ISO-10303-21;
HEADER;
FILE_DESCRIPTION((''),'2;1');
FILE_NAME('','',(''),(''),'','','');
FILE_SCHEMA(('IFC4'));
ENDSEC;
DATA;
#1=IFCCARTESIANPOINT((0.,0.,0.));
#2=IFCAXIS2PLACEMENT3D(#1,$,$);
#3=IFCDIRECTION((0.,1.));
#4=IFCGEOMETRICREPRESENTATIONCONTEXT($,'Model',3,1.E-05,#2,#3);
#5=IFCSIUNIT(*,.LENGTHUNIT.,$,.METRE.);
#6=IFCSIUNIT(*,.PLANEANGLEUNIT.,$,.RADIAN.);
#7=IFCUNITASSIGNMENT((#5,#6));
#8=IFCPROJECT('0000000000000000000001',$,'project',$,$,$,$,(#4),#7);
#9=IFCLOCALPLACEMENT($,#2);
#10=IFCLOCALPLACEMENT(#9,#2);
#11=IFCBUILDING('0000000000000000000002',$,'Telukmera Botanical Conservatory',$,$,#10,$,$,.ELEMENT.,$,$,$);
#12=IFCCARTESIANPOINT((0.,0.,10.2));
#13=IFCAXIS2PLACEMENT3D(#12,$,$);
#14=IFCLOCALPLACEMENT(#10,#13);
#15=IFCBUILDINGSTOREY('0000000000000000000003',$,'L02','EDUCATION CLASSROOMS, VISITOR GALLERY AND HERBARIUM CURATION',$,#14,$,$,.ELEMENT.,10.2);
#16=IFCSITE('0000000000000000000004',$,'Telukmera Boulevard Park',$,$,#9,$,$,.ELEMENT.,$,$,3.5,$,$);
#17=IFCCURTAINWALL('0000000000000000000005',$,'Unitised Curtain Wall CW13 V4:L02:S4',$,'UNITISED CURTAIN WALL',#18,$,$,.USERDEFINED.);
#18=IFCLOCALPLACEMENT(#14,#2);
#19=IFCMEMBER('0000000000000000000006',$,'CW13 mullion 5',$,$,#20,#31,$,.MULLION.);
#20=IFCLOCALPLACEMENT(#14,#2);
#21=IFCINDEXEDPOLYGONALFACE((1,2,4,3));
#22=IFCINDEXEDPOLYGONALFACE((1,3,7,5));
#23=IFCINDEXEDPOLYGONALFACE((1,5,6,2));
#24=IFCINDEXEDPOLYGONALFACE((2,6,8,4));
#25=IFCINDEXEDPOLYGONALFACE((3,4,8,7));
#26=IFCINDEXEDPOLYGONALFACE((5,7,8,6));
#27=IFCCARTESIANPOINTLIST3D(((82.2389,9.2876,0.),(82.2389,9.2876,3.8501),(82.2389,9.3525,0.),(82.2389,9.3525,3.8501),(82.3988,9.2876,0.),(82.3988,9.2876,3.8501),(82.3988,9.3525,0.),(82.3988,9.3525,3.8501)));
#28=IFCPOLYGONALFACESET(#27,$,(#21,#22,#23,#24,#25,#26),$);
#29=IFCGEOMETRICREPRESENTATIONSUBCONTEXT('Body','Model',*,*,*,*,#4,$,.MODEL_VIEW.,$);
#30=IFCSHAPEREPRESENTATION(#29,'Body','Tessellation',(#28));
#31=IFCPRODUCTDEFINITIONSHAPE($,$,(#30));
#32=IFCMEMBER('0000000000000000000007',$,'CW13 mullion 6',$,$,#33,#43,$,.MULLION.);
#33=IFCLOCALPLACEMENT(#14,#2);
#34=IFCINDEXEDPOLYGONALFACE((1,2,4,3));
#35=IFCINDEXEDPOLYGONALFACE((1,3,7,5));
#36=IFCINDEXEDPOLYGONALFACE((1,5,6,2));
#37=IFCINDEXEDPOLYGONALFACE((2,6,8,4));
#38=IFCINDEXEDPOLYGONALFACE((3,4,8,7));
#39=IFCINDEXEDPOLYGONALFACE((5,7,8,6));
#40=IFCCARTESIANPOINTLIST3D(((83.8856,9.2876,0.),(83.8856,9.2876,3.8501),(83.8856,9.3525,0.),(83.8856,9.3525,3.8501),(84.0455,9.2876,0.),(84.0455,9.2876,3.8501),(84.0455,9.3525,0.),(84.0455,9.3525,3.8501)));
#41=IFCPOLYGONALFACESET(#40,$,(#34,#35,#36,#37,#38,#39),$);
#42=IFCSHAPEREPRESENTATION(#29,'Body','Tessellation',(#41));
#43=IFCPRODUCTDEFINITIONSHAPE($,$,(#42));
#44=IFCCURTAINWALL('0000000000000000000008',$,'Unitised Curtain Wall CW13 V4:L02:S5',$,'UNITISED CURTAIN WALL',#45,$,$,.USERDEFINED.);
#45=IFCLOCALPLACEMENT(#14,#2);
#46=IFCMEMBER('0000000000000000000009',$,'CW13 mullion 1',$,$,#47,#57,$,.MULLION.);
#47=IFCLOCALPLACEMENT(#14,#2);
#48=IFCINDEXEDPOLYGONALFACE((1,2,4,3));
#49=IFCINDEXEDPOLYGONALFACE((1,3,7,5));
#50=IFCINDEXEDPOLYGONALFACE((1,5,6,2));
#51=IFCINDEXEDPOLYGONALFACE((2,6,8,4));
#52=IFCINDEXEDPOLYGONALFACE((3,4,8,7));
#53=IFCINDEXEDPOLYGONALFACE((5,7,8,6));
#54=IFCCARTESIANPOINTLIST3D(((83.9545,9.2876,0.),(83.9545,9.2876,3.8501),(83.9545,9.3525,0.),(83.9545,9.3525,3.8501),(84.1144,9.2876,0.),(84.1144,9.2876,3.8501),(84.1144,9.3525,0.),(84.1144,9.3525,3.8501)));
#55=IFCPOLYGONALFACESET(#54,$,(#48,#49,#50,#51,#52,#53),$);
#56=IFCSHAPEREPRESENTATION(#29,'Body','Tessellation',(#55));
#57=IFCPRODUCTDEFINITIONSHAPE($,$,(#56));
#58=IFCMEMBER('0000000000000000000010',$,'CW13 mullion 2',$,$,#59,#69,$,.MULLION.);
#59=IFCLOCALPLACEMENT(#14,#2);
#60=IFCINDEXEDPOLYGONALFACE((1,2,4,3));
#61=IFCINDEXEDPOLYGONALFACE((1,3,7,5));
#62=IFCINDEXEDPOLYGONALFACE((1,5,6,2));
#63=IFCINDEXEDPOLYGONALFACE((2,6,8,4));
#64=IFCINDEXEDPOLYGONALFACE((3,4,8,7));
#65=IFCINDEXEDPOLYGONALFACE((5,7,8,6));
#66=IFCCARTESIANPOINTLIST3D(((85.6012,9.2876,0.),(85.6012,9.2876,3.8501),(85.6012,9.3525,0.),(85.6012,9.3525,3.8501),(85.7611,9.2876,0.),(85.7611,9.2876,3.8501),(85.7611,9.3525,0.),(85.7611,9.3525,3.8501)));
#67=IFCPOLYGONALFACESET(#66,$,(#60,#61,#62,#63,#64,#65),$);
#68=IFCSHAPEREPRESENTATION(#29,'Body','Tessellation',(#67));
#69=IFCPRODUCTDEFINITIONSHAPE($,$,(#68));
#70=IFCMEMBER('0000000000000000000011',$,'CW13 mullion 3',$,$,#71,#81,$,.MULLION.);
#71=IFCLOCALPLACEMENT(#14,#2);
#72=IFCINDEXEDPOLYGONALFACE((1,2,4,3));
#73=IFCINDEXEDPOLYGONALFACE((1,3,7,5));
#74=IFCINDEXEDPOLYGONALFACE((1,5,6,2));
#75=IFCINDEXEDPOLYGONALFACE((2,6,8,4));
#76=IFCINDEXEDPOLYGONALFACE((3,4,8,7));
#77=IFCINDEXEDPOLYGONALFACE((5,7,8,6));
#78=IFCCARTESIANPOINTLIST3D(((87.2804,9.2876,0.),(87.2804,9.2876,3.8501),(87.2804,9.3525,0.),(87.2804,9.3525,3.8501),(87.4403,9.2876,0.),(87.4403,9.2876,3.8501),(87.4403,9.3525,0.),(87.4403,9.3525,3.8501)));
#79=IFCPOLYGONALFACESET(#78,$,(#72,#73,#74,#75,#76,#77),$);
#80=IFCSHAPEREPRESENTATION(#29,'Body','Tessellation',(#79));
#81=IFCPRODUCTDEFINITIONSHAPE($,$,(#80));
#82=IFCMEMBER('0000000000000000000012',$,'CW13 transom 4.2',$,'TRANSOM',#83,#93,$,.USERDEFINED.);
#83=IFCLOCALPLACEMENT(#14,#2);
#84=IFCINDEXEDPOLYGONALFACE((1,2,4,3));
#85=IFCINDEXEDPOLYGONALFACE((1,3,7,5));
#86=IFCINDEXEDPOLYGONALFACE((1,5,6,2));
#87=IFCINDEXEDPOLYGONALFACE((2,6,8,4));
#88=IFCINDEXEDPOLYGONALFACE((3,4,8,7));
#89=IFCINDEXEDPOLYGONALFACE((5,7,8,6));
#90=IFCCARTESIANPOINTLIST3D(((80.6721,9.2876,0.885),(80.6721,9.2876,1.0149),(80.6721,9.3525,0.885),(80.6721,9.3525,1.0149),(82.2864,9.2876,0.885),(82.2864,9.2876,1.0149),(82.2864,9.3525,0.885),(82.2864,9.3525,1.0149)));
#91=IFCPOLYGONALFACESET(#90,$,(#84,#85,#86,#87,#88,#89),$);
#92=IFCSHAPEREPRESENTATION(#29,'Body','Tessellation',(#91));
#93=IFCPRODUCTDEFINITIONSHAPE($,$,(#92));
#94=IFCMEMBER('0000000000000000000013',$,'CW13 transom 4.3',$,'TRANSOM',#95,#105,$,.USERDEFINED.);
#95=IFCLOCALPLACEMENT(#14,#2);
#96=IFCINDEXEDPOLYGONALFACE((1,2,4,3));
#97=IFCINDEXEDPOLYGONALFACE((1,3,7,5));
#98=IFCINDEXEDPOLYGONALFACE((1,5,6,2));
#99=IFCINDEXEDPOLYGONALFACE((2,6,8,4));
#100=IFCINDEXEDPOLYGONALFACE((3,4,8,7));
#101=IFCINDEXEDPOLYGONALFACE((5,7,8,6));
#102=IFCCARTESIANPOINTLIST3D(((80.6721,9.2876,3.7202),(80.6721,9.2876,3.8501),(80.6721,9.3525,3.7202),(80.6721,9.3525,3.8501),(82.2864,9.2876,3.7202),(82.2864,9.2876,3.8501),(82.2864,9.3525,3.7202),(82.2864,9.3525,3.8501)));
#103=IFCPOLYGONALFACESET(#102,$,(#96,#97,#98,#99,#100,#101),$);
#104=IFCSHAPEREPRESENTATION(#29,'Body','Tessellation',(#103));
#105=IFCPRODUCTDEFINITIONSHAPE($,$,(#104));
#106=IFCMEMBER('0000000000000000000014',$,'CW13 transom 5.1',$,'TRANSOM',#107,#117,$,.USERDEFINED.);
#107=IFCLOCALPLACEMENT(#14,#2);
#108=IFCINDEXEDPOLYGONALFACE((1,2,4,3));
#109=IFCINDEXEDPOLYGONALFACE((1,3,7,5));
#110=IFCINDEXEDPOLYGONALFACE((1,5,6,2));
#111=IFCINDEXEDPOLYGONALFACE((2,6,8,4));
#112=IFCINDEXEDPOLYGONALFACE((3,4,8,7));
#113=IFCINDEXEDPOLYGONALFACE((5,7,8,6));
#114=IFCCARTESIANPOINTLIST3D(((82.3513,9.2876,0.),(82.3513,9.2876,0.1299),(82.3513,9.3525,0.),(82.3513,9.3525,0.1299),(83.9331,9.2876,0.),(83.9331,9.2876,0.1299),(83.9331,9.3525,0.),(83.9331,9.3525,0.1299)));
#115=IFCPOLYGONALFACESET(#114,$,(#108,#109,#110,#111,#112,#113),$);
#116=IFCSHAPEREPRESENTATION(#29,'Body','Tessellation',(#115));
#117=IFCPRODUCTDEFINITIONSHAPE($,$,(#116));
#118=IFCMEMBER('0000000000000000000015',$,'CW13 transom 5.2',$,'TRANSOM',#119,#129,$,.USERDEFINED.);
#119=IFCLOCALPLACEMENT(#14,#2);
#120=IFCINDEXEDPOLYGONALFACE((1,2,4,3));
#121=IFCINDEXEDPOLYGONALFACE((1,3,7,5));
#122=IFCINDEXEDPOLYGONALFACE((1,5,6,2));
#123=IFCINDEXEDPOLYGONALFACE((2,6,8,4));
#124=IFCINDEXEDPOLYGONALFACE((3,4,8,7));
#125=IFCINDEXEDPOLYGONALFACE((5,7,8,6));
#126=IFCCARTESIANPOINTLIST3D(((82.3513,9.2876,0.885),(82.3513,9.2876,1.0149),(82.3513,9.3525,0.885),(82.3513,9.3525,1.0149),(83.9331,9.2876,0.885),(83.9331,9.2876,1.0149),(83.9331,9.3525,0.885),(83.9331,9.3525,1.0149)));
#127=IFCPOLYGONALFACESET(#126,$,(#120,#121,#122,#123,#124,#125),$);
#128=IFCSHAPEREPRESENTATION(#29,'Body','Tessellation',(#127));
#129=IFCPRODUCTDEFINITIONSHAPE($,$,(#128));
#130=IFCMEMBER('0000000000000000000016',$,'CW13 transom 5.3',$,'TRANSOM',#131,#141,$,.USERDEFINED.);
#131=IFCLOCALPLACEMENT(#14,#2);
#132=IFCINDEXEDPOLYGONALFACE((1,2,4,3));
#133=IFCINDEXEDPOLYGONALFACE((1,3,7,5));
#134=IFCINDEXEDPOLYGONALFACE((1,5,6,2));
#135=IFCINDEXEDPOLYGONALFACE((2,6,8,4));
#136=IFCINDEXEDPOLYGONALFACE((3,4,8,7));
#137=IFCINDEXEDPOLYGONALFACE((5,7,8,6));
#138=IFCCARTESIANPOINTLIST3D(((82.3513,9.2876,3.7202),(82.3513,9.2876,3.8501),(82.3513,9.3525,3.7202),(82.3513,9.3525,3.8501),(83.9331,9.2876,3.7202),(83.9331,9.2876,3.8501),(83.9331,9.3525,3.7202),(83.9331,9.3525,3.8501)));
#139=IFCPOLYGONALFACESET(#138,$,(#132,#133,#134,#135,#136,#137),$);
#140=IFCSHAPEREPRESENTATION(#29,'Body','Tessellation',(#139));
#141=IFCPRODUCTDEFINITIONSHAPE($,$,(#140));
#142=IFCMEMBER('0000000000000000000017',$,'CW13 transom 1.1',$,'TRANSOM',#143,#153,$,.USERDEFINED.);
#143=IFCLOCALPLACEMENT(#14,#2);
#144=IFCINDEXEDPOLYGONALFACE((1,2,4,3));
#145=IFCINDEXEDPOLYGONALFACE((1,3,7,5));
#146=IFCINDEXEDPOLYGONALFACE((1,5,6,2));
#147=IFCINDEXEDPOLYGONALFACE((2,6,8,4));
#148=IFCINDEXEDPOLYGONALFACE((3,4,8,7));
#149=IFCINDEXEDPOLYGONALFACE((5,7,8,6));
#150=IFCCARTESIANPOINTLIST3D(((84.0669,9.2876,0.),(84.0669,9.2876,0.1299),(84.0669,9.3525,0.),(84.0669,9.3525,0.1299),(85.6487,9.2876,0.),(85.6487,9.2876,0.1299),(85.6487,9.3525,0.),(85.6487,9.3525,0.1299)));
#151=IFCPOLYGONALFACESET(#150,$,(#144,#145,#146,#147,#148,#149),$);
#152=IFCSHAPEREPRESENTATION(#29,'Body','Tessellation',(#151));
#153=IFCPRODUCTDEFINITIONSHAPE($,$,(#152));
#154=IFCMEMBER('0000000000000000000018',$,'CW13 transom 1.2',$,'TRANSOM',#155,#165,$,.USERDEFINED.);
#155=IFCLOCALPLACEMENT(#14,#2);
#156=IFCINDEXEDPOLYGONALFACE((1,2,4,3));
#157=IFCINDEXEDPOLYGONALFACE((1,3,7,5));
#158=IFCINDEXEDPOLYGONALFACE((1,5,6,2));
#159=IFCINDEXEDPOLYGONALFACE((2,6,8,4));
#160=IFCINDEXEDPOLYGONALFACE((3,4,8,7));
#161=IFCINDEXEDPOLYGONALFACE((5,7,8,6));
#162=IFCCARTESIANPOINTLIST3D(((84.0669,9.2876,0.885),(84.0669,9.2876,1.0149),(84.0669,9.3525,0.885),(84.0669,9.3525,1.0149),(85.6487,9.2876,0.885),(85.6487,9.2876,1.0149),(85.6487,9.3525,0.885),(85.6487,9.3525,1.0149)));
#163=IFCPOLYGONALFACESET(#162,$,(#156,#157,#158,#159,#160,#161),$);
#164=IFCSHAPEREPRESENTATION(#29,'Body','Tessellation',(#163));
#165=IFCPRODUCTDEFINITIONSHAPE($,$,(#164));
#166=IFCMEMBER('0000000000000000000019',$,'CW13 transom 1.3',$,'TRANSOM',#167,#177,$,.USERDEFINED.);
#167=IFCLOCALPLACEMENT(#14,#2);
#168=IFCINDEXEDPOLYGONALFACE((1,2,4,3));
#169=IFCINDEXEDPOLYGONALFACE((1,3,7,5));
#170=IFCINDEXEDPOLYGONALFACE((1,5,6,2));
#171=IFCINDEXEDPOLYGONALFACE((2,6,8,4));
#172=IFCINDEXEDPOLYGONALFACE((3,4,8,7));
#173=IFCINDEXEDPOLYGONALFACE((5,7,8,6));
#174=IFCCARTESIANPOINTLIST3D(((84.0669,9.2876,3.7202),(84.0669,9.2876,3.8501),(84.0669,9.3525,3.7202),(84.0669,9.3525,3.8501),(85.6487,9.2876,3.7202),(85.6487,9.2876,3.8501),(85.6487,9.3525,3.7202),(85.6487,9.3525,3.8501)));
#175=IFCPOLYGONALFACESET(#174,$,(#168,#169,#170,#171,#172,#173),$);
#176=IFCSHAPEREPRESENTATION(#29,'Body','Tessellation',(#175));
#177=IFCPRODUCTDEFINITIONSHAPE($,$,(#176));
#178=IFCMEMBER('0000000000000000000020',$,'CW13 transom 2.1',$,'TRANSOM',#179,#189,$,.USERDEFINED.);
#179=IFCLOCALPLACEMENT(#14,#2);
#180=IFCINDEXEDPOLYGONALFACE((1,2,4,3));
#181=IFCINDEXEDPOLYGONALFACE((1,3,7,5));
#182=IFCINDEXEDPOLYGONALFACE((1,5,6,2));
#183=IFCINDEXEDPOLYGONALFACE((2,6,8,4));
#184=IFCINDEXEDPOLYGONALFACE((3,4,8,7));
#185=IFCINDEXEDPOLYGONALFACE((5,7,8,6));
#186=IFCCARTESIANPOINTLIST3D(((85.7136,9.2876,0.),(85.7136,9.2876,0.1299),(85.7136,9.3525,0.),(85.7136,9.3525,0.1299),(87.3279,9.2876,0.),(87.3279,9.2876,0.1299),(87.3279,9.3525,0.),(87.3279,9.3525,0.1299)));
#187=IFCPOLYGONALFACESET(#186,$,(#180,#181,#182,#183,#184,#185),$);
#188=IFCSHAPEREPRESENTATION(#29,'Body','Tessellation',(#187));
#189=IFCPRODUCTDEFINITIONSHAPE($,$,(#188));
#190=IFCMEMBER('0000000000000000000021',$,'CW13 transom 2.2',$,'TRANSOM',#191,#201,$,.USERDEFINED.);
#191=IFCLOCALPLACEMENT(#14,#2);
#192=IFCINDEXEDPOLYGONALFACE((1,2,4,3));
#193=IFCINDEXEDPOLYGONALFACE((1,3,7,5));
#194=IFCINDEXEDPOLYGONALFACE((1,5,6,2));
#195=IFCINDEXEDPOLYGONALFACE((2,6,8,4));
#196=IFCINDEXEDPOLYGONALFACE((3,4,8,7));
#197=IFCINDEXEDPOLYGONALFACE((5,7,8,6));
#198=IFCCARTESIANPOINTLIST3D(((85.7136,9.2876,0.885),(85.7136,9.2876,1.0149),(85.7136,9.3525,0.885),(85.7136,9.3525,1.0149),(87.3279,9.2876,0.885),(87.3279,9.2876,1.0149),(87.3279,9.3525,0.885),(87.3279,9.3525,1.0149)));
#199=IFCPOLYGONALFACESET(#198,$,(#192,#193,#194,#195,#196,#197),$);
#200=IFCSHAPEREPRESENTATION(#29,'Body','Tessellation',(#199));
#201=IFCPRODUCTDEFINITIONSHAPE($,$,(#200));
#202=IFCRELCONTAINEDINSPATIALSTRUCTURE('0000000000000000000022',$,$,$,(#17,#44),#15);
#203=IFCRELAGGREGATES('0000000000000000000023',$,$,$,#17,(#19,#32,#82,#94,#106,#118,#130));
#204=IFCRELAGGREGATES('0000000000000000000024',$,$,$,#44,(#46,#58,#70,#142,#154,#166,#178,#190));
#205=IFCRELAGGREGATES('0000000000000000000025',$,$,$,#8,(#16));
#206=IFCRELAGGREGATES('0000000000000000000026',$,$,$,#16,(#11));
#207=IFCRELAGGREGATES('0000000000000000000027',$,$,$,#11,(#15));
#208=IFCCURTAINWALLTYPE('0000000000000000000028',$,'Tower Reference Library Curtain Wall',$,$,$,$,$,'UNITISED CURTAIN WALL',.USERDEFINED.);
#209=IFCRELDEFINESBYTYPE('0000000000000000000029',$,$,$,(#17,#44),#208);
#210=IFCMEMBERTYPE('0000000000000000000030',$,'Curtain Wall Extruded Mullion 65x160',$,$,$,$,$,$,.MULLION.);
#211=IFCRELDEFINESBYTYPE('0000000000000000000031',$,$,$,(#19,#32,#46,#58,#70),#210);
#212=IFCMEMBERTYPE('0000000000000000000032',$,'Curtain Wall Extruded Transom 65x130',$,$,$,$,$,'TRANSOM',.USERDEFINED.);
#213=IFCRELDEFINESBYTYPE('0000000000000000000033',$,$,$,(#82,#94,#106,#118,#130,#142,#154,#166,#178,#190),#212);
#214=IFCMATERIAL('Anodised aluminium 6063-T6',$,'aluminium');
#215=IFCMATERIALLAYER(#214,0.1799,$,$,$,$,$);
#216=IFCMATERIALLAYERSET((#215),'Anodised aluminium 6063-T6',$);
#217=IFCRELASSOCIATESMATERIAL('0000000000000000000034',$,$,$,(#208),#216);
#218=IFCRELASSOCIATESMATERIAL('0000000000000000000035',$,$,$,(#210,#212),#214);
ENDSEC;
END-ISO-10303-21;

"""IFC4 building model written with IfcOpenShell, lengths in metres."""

from ifc_helpers import new_model, si_unit, direction, frame, origin, origin_2d, place, context, subcontext, project, spatial, rectangle, extrude, material, layer, layer_set, material_profile, profile_set, type_object, element, aggregate, save


model = new_model("IFC4")

# Units and contexts
model_context = context("Model", 3, precision=1e-05, world=origin(), true_north=direction((0.0, 1.0)))
body_context = subcontext(model_context, "Body", "Model", "MODEL_VIEW")
ifc_project = project(units=[si_unit("LENGTHUNIT", "METRE"), si_unit("PLANEANGLEUNIT", "RADIAN")], contexts=[model_context])

# Site, building, storey
site_placement = place(None, origin())
site = spatial("IfcSite", under=ifc_project, at=site_placement, Name="Telukmera Boulevard Park", CompositionType="ELEMENT", RefElevation=3.5)
building_placement = place(site_placement, origin())
building = spatial("IfcBuilding", under=site, at=building_placement, Name="Telukmera Botanical Conservatory", CompositionType="ELEMENT")
storey_placement = place(building_placement, frame((0.0, 0.0, 10.2)))
storey = spatial("IfcBuildingStorey", under=building, at=storey_placement, Name="L02", Description="EDUCATION CLASSROOMS, VISITOR GALLERY AND HERBARIUM CURATION", CompositionType="ELEMENT", Elevation=10.2)

# Curtain walls, members
ifc_material_1 = material(Name="Anodised aluminium 6063-T6", Category="aluminium")
ifc_layer_1 = layer(ifc_material_1, 0.1799)
ifc_layer_set_1 = layer_set([ifc_layer_1], Name="Anodised aluminium 6063-T6")
curtain_wall_type = type_object("IfcCurtainWallType", Name="Tower Reference Library Curtain Wall", ElementType="UNITISED CURTAIN WALL", PredefinedType="USERDEFINED", material=ifc_layer_set_1)
curtain_wall_1_placement = place(storey_placement, origin())
curtain_wall_1 = element("IfcCurtainWall", 1, at=curtain_wall_1_placement, inside=storey, type_object=curtain_wall_type, Name="Unitised Curtain Wall CW13 V4:L02:S4", ObjectType="UNITISED CURTAIN WALL", PredefinedType="USERDEFINED")
ifc_material_profile_1 = material_profile(ifc_material_1, rectangle(XDim=0.0649, YDim=0.1599, at=origin_2d()), Name="ALU MULL 65x160")
ifc_profile_set_1 = profile_set([ifc_material_profile_1], Name="Anodised aluminium 6063-T6")
member_type_1 = type_object("IfcMemberType", Name="Curtain Wall Extruded Mullion 65x160", PredefinedType="MULLION", material=ifc_profile_set_1)
member_1_placement = place(storey_placement, frame((82.3188, 9.3201, 0.0), z_axis=(0.0, 0.0, 1.0), x_axis=(0.0, 1.0, 0.0)))
member_1 = element("IfcMember", 2, at=member_1_placement, type_object=member_type_1, Name="CW13 mullion 5", PredefinedType="MULLION", context=body_context, shape_type="SweptSolid", body=[
    extrude(rectangle(XDim=0.0649, YDim=0.1599, at=origin_2d()), origin(), (0.0, 0.0, 1.0), 3.8501),
])
member_2_placement = place(storey_placement, frame((83.9656, 9.3201, 0.0), z_axis=(0.0, 0.0, 1.0), x_axis=(0.0, 1.0, 0.0)))
member_2 = element("IfcMember", 3, at=member_2_placement, type_object=member_type_1, Name="CW13 mullion 6", PredefinedType="MULLION", context=body_context, shape_type="SweptSolid", body=[
    extrude(rectangle(XDim=0.0649, YDim=0.1599, at=origin_2d()), origin(), (0.0, 0.0, 1.0), 3.8501),
])
curtain_wall_2_placement = place(storey_placement, origin())
curtain_wall_2 = element("IfcCurtainWall", 4, at=curtain_wall_2_placement, inside=storey, type_object=curtain_wall_type, Name="Unitised Curtain Wall CW13 V4:L02:S5", ObjectType="UNITISED CURTAIN WALL", PredefinedType="USERDEFINED")
member_3_placement = place(storey_placement, frame((84.0344, 9.3201, 0.0), z_axis=(0.0, 0.0, 1.0), x_axis=(0.0, 1.0, 0.0)))
member_3 = element("IfcMember", 5, at=member_3_placement, type_object=member_type_1, Name="CW13 mullion 1", PredefinedType="MULLION", context=body_context, shape_type="SweptSolid", body=[
    extrude(rectangle(XDim=0.0649, YDim=0.1599, at=origin_2d()), origin(), (0.0, 0.0, 1.0), 3.8501),
])
member_4_placement = place(storey_placement, frame((85.6812, 9.3201, 0.0), z_axis=(0.0, 0.0, 1.0), x_axis=(0.0, 1.0, 0.0)))
member_4 = element("IfcMember", 6, at=member_4_placement, type_object=member_type_1, Name="CW13 mullion 2", PredefinedType="MULLION", context=body_context, shape_type="SweptSolid", body=[
    extrude(rectangle(XDim=0.0649, YDim=0.1599, at=origin_2d()), origin(), (0.0, 0.0, 1.0), 3.8501),
])
member_5_placement = place(storey_placement, frame((87.3604, 9.3201, 0.0), z_axis=(0.0, 0.0, 1.0), x_axis=(0.0, 1.0, 0.0)))
member_5 = element("IfcMember", 7, at=member_5_placement, type_object=member_type_1, Name="CW13 mullion 3", PredefinedType="MULLION", context=body_context, shape_type="SweptSolid", body=[
    extrude(rectangle(XDim=0.0649, YDim=0.1599, at=origin_2d()), origin(), (0.0, 0.0, 1.0), 3.8501),
])

# Members
ifc_material_profile_2 = material_profile(ifc_material_1, rectangle(XDim=0.0649, YDim=0.1299, at=origin_2d()), Name="ALU TRAN 65x130")
ifc_profile_set_2 = profile_set([ifc_material_profile_2], Name="Anodised aluminium 6063-T6")
member_type_2 = type_object("IfcMemberType", Name="Curtain Wall Extruded Transom 65x130", ElementType="TRANSOM", PredefinedType="USERDEFINED", material=ifc_profile_set_2)
member_6_placement = place(storey_placement, frame((80.6721, 9.3201, 0.95), z_axis=(1.0, 0.0, 0.0), x_axis=(0.0, 1.0, 0.0)))
member_6 = element("IfcMember", 8, at=member_6_placement, type_object=member_type_2, Name="CW13 transom 4.2", ObjectType="TRANSOM", PredefinedType="USERDEFINED", context=body_context, shape_type="SweptSolid", body=[
    extrude(rectangle(XDim=0.0649, YDim=0.1299, at=origin_2d()), origin(), (0.0, 0.0, 1.0), 1.6143),
])
member_7_placement = place(storey_placement, frame((80.6721, 9.3201, 3.7852), z_axis=(1.0, 0.0, 0.0), x_axis=(0.0, 1.0, 0.0)))
member_7 = element("IfcMember", 9, at=member_7_placement, type_object=member_type_2, Name="CW13 transom 4.3", ObjectType="TRANSOM", PredefinedType="USERDEFINED", context=body_context, shape_type="SweptSolid", body=[
    extrude(rectangle(XDim=0.0649, YDim=0.1299, at=origin_2d()), origin(), (0.0, 0.0, 1.0), 1.6143),
])
member_8_placement = place(storey_placement, frame((82.3513, 9.3201, 0.0649), z_axis=(1.0, 0.0, 0.0), x_axis=(0.0, 1.0, 0.0)))
member_8 = element("IfcMember", 10, at=member_8_placement, type_object=member_type_2, Name="CW13 transom 5.1", ObjectType="TRANSOM", PredefinedType="USERDEFINED", context=body_context, shape_type="SweptSolid", body=[
    extrude(rectangle(XDim=0.0649, YDim=0.1299, at=origin_2d()), origin(), (0.0, 0.0, 1.0), 1.5818),
])
member_9_placement = place(storey_placement, frame((82.3513, 9.3201, 0.95), z_axis=(1.0, 0.0, 0.0), x_axis=(0.0, 1.0, 0.0)))
member_9 = element("IfcMember", 11, at=member_9_placement, type_object=member_type_2, Name="CW13 transom 5.2", ObjectType="TRANSOM", PredefinedType="USERDEFINED", context=body_context, shape_type="SweptSolid", body=[
    extrude(rectangle(XDim=0.0649, YDim=0.1299, at=origin_2d()), origin(), (0.0, 0.0, 1.0), 1.5818),
])
member_10_placement = place(storey_placement, frame((82.3513, 9.3201, 3.7852), z_axis=(1.0, 0.0, 0.0), x_axis=(0.0, 1.0, 0.0)))
member_10 = element("IfcMember", 12, at=member_10_placement, type_object=member_type_2, Name="CW13 transom 5.3", ObjectType="TRANSOM", PredefinedType="USERDEFINED", context=body_context, shape_type="SweptSolid", body=[
    extrude(rectangle(XDim=0.0649, YDim=0.1299, at=origin_2d()), origin(), (0.0, 0.0, 1.0), 1.5818),
])
member_11_placement = place(storey_placement, frame((84.0669, 9.3201, 0.0649), z_axis=(1.0, 0.0, 0.0), x_axis=(0.0, 1.0, 0.0)))
member_11 = element("IfcMember", 13, at=member_11_placement, type_object=member_type_2, Name="CW13 transom 1.1", ObjectType="TRANSOM", PredefinedType="USERDEFINED", context=body_context, shape_type="SweptSolid", body=[
    extrude(rectangle(XDim=0.0649, YDim=0.1299, at=origin_2d()), origin(), (0.0, 0.0, 1.0), 1.5818),
])
member_12_placement = place(storey_placement, frame((84.0669, 9.3201, 0.95), z_axis=(1.0, 0.0, 0.0), x_axis=(0.0, 1.0, 0.0)))
member_12 = element("IfcMember", 14, at=member_12_placement, type_object=member_type_2, Name="CW13 transom 1.2", ObjectType="TRANSOM", PredefinedType="USERDEFINED", context=body_context, shape_type="SweptSolid", body=[
    extrude(rectangle(XDim=0.0649, YDim=0.1299, at=origin_2d()), origin(), (0.0, 0.0, 1.0), 1.5818),
])
member_13_placement = place(storey_placement, frame((84.0669, 9.3201, 3.7852), z_axis=(1.0, 0.0, 0.0), x_axis=(0.0, 1.0, 0.0)))
member_13 = element("IfcMember", 15, at=member_13_placement, type_object=member_type_2, Name="CW13 transom 1.3", ObjectType="TRANSOM", PredefinedType="USERDEFINED", context=body_context, shape_type="SweptSolid", body=[
    extrude(rectangle(XDim=0.0649, YDim=0.1299, at=origin_2d()), origin(), (0.0, 0.0, 1.0), 1.5818),
])
member_14_placement = place(storey_placement, frame((85.7136, 9.3201, 0.0649), z_axis=(1.0, 0.0, 0.0), x_axis=(0.0, 1.0, 0.0)))
member_14 = element("IfcMember", 16, at=member_14_placement, type_object=member_type_2, Name="CW13 transom 2.1", ObjectType="TRANSOM", PredefinedType="USERDEFINED", context=body_context, shape_type="SweptSolid", body=[
    extrude(rectangle(XDim=0.0649, YDim=0.1299, at=origin_2d()), origin(), (0.0, 0.0, 1.0), 1.6143),
])
member_15_placement = place(storey_placement, frame((85.7136, 9.3201, 0.95), z_axis=(1.0, 0.0, 0.0), x_axis=(0.0, 1.0, 0.0)))
member_15 = element("IfcMember", 17, at=member_15_placement, type_object=member_type_2, Name="CW13 transom 2.2", ObjectType="TRANSOM", PredefinedType="USERDEFINED", context=body_context, shape_type="SweptSolid", body=[
    extrude(rectangle(XDim=0.0649, YDim=0.1299, at=origin_2d()), origin(), (0.0, 0.0, 1.0), 1.6143),
])

aggregate(curtain_wall_1, [member_1, member_2, member_6, member_7, member_8, member_9, member_10])
aggregate(curtain_wall_2, [member_3, member_4, member_5, member_11, member_12, member_13, member_14, member_15])

save(model, "model.ifc")
